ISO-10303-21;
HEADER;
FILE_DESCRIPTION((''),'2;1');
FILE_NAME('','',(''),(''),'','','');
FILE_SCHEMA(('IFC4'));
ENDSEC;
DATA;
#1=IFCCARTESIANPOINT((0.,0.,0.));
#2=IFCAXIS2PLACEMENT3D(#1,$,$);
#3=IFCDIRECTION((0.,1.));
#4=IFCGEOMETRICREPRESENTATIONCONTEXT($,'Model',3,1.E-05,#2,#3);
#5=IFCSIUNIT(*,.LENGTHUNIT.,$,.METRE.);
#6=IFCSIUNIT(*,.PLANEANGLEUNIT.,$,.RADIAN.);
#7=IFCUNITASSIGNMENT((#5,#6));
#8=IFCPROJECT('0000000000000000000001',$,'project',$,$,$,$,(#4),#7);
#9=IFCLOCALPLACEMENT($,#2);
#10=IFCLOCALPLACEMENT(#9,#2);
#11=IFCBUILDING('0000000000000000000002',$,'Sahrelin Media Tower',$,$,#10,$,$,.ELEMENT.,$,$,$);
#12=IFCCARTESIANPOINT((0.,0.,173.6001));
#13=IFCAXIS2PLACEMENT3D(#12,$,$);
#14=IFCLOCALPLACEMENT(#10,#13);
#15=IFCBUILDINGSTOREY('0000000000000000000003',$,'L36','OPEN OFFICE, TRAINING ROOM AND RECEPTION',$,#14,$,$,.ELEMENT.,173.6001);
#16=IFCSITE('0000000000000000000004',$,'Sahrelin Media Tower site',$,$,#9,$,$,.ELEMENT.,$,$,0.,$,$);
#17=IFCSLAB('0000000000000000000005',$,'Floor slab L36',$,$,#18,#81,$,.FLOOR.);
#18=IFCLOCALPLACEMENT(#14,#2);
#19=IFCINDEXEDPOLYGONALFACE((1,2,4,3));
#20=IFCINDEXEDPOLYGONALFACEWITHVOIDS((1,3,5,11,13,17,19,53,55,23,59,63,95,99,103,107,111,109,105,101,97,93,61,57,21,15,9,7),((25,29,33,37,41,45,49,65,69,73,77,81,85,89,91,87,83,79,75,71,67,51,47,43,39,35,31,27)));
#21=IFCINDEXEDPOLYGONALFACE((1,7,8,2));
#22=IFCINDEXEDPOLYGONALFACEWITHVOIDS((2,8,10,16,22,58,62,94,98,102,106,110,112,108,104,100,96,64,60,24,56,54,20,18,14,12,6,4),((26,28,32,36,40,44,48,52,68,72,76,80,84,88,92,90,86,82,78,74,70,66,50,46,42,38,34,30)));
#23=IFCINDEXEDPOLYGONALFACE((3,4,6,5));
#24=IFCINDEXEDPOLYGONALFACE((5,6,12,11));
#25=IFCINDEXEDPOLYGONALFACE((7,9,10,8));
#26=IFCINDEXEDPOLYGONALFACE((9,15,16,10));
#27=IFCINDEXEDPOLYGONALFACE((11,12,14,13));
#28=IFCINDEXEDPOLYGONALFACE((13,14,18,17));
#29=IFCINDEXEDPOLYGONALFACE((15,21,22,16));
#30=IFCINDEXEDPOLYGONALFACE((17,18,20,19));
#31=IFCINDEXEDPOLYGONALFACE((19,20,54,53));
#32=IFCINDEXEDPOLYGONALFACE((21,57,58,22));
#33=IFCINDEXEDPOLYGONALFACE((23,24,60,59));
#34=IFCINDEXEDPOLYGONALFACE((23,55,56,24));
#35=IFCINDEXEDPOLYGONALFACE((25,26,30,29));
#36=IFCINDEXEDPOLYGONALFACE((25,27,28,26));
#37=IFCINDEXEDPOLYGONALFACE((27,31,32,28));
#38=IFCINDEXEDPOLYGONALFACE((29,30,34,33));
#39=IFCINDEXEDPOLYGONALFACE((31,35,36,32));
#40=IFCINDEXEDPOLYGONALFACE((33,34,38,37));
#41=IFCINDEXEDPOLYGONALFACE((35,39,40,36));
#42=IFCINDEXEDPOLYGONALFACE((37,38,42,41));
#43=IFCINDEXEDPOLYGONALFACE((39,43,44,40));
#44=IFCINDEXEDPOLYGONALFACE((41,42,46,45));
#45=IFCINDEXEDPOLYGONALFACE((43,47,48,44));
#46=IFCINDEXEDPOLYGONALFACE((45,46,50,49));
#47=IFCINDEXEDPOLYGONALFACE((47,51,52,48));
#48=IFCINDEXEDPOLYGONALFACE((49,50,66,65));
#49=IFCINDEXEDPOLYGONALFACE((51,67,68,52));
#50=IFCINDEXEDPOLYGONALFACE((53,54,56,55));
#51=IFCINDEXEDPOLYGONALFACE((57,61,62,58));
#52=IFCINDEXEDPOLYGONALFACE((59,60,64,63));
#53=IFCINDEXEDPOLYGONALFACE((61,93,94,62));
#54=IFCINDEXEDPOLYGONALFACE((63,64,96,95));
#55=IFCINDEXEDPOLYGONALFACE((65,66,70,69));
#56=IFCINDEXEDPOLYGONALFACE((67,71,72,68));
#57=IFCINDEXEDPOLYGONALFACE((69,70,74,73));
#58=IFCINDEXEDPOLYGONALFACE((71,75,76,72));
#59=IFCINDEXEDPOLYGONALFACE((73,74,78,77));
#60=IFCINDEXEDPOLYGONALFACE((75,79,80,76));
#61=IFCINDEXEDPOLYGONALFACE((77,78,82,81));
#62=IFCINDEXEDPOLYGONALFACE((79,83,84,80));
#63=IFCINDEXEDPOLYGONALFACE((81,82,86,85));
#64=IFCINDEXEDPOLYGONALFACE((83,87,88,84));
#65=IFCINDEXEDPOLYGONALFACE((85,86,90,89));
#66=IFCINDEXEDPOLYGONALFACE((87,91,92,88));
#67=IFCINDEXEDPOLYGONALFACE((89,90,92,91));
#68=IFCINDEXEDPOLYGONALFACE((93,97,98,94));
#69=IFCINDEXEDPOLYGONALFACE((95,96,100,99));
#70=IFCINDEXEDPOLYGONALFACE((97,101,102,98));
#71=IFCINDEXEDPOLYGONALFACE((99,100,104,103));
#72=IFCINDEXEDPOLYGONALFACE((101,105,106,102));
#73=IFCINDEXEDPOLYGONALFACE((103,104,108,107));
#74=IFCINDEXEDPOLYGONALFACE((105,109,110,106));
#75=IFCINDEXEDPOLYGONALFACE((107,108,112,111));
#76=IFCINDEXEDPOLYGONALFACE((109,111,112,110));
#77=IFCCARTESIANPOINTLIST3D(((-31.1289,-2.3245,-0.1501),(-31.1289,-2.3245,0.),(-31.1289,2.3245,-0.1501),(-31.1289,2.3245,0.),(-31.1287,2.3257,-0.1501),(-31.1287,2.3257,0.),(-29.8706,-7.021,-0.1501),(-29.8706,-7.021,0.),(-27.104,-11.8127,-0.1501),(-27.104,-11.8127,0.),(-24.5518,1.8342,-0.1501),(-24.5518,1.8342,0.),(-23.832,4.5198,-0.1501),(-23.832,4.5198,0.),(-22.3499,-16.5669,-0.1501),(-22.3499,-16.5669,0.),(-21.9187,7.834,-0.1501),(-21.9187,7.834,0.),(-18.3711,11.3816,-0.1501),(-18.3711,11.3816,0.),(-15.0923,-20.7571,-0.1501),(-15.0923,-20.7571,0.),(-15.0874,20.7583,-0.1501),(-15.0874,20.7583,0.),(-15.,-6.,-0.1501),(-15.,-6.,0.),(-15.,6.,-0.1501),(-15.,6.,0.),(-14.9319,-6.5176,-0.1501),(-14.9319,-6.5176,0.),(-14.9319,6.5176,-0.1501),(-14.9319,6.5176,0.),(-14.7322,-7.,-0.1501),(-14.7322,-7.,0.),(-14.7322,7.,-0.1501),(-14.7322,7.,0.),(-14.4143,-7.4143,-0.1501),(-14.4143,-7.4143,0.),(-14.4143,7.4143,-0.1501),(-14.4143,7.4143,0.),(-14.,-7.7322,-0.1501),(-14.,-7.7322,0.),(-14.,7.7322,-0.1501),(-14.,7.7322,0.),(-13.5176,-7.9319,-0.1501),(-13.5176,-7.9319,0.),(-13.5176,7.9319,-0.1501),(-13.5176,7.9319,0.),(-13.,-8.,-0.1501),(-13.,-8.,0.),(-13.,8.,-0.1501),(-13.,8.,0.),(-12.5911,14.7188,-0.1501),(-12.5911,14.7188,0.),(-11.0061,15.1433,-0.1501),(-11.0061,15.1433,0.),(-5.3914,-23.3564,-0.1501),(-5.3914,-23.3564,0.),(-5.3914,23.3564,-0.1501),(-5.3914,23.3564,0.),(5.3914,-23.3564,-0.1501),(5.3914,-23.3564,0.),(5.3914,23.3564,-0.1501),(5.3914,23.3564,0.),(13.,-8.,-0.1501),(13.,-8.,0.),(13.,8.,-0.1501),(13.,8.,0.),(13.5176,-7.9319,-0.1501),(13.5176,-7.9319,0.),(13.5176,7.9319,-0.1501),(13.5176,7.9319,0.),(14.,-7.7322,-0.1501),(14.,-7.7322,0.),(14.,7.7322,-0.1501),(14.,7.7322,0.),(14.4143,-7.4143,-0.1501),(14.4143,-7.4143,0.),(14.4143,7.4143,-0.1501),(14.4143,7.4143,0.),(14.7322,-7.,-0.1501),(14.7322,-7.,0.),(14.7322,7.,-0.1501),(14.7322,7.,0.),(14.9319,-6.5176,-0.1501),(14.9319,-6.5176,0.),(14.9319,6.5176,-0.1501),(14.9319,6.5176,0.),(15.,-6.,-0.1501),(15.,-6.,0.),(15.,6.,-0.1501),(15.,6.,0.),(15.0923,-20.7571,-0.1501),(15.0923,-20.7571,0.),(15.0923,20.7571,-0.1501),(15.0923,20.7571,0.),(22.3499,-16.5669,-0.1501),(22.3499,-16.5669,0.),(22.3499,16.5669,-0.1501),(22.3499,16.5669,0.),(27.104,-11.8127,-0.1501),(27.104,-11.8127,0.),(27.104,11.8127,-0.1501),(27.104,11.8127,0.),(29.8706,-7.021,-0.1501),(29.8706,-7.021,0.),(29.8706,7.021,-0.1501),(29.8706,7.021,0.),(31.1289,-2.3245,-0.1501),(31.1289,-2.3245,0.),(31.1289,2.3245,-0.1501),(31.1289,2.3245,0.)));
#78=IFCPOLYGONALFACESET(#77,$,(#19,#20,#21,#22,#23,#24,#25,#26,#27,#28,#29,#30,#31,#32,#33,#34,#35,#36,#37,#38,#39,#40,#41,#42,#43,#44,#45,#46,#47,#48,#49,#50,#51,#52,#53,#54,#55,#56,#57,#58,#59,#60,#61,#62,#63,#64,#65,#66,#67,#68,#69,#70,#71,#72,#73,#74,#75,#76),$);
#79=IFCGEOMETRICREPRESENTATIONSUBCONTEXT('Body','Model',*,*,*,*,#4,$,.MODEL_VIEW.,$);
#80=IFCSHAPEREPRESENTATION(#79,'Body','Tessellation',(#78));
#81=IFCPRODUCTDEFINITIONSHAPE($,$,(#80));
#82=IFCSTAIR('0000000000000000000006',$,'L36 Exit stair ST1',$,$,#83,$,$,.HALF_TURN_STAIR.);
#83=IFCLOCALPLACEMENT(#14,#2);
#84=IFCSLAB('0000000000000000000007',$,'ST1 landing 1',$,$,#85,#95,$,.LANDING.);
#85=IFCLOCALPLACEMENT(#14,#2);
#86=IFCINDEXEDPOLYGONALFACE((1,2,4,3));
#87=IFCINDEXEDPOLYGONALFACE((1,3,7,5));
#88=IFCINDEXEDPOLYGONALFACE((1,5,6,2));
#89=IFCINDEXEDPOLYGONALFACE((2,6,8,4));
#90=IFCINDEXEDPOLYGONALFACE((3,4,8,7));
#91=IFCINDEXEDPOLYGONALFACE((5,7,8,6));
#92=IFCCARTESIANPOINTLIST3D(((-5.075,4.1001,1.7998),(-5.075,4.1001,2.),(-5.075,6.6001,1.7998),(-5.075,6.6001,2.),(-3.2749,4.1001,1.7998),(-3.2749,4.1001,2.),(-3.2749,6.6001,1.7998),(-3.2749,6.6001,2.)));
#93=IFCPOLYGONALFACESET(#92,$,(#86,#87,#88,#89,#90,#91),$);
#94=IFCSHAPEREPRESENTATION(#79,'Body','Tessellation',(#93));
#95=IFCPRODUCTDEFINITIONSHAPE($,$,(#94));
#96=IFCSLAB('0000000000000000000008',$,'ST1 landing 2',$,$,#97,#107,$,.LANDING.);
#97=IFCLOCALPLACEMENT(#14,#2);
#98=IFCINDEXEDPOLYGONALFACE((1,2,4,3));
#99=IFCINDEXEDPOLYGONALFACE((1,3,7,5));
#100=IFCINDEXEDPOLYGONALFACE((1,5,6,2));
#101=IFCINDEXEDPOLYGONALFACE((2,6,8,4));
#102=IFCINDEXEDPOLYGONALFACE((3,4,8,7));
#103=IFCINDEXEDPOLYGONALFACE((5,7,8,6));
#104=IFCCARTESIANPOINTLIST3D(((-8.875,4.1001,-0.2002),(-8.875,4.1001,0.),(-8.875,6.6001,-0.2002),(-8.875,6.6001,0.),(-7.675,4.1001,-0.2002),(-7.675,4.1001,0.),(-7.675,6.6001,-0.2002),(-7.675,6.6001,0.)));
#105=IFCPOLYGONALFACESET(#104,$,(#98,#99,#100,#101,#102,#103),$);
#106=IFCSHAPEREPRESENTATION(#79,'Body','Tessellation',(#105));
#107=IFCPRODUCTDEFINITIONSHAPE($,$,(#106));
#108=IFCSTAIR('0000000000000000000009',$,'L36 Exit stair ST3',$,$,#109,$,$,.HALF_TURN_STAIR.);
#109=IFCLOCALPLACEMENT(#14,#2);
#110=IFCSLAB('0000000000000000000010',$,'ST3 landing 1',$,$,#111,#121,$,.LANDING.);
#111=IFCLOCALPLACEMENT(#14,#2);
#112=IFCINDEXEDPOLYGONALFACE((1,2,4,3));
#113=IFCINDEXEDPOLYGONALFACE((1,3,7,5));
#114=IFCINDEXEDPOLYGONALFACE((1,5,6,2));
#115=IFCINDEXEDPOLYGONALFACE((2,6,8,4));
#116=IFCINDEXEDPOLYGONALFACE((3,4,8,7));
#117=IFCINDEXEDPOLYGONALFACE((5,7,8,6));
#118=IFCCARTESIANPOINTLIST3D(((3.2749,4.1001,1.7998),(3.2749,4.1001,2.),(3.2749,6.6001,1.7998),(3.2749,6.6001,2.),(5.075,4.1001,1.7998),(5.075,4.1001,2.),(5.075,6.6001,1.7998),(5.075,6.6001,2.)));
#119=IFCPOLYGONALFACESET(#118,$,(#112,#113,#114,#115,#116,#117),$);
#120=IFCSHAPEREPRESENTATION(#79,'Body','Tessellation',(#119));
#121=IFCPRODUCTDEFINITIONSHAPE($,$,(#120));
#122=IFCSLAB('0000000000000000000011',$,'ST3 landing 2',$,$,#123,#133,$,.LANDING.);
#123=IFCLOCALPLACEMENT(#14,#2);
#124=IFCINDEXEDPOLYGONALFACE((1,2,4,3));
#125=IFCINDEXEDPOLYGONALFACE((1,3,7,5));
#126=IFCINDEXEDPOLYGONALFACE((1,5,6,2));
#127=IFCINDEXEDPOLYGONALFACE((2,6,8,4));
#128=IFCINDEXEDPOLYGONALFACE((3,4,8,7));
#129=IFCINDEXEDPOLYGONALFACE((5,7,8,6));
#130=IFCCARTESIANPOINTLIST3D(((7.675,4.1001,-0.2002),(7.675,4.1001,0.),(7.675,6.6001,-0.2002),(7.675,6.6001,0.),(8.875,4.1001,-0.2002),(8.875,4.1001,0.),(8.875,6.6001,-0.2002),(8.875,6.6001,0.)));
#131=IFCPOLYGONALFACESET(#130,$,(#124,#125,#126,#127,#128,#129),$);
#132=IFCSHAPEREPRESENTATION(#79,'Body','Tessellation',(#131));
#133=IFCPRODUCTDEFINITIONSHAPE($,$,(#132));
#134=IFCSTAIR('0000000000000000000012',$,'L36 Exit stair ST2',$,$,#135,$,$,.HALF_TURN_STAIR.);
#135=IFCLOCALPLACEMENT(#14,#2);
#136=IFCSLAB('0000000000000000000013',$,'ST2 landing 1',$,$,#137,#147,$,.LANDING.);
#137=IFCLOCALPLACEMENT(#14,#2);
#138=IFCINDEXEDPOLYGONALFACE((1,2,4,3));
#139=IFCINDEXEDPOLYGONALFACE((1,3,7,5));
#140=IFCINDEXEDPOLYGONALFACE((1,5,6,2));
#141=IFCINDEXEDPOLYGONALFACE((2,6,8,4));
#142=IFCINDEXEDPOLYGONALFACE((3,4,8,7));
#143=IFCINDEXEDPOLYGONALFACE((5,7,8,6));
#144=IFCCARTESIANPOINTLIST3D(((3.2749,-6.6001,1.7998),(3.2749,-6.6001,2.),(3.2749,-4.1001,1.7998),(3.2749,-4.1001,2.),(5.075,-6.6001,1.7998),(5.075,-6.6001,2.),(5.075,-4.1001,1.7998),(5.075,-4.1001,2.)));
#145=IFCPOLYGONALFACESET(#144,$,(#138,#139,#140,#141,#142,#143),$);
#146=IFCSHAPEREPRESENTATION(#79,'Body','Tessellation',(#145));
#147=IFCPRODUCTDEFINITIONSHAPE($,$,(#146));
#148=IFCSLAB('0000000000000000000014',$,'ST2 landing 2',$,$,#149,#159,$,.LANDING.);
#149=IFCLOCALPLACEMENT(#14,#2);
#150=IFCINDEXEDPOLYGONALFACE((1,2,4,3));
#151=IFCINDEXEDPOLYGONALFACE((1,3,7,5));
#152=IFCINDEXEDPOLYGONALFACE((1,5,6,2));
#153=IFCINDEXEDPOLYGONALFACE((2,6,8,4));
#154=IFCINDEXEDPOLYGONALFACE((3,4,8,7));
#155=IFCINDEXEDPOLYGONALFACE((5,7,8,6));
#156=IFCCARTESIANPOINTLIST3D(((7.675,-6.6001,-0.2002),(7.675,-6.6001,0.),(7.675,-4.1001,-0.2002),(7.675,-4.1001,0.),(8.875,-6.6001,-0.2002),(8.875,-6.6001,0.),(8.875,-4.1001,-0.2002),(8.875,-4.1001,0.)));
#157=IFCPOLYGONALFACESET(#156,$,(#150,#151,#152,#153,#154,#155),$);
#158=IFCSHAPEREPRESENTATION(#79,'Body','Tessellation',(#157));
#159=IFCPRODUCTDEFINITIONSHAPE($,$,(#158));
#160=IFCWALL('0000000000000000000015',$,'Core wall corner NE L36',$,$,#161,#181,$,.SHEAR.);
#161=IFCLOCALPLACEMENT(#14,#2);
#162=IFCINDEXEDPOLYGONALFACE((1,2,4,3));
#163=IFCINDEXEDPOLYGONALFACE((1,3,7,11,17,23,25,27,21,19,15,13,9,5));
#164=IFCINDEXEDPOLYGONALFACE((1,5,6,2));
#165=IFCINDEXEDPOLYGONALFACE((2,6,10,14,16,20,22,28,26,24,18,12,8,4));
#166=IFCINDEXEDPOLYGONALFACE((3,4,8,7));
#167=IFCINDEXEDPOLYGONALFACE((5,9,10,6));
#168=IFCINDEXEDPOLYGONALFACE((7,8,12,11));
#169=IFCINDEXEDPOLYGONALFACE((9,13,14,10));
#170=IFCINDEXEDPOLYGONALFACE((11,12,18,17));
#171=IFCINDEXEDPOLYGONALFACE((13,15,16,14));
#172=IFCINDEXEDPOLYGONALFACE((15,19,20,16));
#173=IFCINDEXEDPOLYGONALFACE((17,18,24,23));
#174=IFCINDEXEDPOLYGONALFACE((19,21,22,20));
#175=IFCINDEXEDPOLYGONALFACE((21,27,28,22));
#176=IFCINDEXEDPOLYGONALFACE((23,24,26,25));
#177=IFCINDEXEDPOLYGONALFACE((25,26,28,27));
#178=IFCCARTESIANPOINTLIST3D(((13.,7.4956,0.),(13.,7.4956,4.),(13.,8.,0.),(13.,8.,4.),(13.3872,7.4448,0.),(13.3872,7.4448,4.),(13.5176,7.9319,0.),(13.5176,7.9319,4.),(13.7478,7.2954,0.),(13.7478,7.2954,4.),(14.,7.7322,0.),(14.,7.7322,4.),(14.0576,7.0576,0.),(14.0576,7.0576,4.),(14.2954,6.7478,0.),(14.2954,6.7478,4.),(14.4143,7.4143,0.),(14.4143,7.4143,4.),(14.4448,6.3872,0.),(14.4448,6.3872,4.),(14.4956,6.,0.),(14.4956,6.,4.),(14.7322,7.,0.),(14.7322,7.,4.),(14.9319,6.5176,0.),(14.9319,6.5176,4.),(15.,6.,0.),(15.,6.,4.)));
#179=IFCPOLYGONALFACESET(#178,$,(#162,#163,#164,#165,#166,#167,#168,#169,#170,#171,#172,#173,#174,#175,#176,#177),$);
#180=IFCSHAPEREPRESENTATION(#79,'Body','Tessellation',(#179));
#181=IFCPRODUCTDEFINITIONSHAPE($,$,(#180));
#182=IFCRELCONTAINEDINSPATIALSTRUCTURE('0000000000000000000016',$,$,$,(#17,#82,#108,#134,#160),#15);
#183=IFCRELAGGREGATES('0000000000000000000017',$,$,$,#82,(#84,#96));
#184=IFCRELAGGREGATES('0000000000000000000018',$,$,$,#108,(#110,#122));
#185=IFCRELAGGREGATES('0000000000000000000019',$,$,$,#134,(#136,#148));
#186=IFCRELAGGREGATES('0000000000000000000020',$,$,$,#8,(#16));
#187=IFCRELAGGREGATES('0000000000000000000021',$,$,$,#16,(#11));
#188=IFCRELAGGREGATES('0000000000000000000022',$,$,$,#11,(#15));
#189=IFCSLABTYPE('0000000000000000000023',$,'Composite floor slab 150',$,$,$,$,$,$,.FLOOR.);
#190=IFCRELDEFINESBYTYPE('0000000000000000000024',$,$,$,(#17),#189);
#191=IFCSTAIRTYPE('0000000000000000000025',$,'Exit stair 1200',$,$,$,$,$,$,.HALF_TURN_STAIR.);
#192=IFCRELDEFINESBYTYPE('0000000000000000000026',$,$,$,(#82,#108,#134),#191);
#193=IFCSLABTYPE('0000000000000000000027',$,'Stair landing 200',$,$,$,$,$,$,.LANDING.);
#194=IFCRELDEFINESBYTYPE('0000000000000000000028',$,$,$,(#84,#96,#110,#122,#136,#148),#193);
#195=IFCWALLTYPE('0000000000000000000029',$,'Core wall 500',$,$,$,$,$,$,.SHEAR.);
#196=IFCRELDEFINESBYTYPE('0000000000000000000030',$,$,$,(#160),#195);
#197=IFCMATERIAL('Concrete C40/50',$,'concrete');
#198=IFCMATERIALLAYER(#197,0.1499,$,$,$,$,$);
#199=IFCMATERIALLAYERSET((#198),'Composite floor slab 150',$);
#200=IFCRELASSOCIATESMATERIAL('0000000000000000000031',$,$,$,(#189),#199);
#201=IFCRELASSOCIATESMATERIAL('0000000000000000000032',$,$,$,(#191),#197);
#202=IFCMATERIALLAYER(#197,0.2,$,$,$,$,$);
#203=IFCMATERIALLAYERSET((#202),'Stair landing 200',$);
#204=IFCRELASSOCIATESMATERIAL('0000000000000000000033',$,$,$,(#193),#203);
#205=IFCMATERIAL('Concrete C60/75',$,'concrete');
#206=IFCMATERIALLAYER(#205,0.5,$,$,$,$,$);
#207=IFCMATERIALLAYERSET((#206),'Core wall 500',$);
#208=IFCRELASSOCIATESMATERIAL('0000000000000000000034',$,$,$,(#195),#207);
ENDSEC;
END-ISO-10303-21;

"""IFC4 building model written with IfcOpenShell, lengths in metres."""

from ifc_helpers import new_model, si_unit, direction, frame, origin, place, context, subcontext, project, spatial, polyline, outline, extrude, material, layer, layer_set, type_object, element, aggregate, save


model = new_model("IFC4")

# Units and contexts
model_context = context("Model", 3, precision=1e-05, world=origin(), true_north=direction((0.0, 1.0)))
body_context = subcontext(model_context, "Body", "Model", "MODEL_VIEW")
ifc_project = project(units=[si_unit("LENGTHUNIT", "METRE"), si_unit("PLANEANGLEUNIT", "RADIAN")], contexts=[model_context])

# Site, building, storey
site_placement = place(None, origin())
site = spatial("IfcSite", under=ifc_project, at=site_placement, Name="Sahrelin Media Tower site", CompositionType="ELEMENT", RefElevation=0.0)
building_placement = place(site_placement, origin())
building = spatial("IfcBuilding", under=site, at=building_placement, Name="Sahrelin Media Tower", CompositionType="ELEMENT")
storey_placement = place(building_placement, frame((0.0, 0.0, 173.6001)))
storey = spatial("IfcBuildingStorey", under=building, at=storey_placement, Name="L36", Description="OPEN OFFICE, TRAINING ROOM AND RECEPTION", CompositionType="ELEMENT", Elevation=173.6001)

# Slab
ifc_material_1 = material(Name="Concrete C40/50", Category="concrete")
ifc_layer_1 = layer(ifc_material_1, 0.1499)
ifc_layer_set_1 = layer_set([ifc_layer_1], Name="Composite floor slab 150")
slab_type_1 = type_object("IfcSlabType", Name="Composite floor slab 150", PredefinedType="FLOOR", material=ifc_layer_set_1)
slab_1_placement = place(storey_placement, frame((0.0, 0.0, -0.1501)))
element("IfcSlab", 1, at=slab_1_placement, inside=storey, type_object=slab_type_1, Name="Floor slab L36", PredefinedType="FLOOR", context=body_context, shape_type="SweptSolid", body=[
    extrude(outline(polyline([(29.8706, -7.021), (31.1289, -2.3245), (31.1289, 2.3245), (29.8706, 7.021), (27.104, 11.8127), (22.3499, 16.5669), (15.0923, 20.7571), (5.3914, 23.3564), (-5.3914, 23.3564), (-15.0874, 20.7583), (-11.0061, 15.1433), (-12.5911, 14.7188), (-18.3711, 11.3816), (-21.9187, 7.834), (-23.832, 4.5198), (-24.5518, 1.8342), (-31.1287, 2.3257), (-31.1289, 2.3245), (-31.1289, -2.3245), (-29.8706, -7.021), (-27.104, -11.8127), (-22.3499, -16.5669), (-15.0923, -20.7571), (-5.3914, -23.3564), (5.3914, -23.3564), (15.0923, -20.7571), (22.3499, -16.5669), (27.104, -11.8127), (29.8706, -7.021)]), holes=[polyline([(14.7322, 7.0), (14.9319, 6.5176), (15.0, 6.0), (15.0, -6.0), (14.9319, -6.5176), (14.7322, -7.0), (14.4143, -7.4143), (14.0, -7.7322), (13.5176, -7.9319), (13.0, -8.0), (-13.0, -8.0), (-13.5176, -7.9319), (-14.0, -7.7322), (-14.4143, -7.4143), (-14.7322, -7.0), (-14.9319, -6.5176), (-15.0, -6.0), (-15.0, 6.0), (-14.9319, 6.5176), (-14.7322, 7.0), (-14.4143, 7.4143), (-14.0, 7.7322), (-13.5176, 7.9319), (-13.0, 8.0), (13.0, 8.0), (13.5176, 7.9319), (14.0, 7.7322), (14.4143, 7.4143), (14.7322, 7.0)])]), origin(), (0.0, 0.0, 1.0), 0.1501),
])

# Stairs, slabs
stair_type = type_object("IfcStairType", Name="Exit stair 1200", PredefinedType="HALF_TURN_STAIR", material=ifc_material_1)
placement_1 = place(storey_placement, origin())
stair_1 = element("IfcStair", 2, at=placement_1, inside=storey, type_object=stair_type, Name="L36 Exit stair ST1", PredefinedType="HALF_TURN_STAIR")
ifc_layer_2 = layer(ifc_material_1, 0.2)
ifc_layer_set_2 = layer_set([ifc_layer_2], Name="Stair landing 200")
slab_type_2 = type_object("IfcSlabType", Name="Stair landing 200", PredefinedType="LANDING", material=ifc_layer_set_2)
placement_2 = place(storey_placement, frame((0.0, 0.0, 1.7998)))
slab_2 = element("IfcSlab", 3, at=placement_2, type_object=slab_type_2, Name="ST1 landing 1", PredefinedType="LANDING", context=body_context, shape_type="SweptSolid", body=[
    extrude(outline(polyline([(-5.075, 4.1001), (-3.2749, 4.1001), (-3.2749, 6.6001), (-5.075, 6.6001), (-5.075, 4.1001)])), origin(), (0.0, 0.0, 1.0), 0.2002),
])
placement_3 = place(storey_placement, frame((0.0, 0.0, -0.2002)))
slab_3 = element("IfcSlab", 4, at=placement_3, type_object=slab_type_2, Name="ST1 landing 2", PredefinedType="LANDING", context=body_context, shape_type="SweptSolid", body=[
    extrude(outline(polyline([(-8.875, 4.1001), (-7.675, 4.1001), (-7.675, 6.6001), (-8.875, 6.6001), (-8.875, 4.1001)])), origin(), (0.0, 0.0, 1.0), 0.2002),
])
aggregate(stair_1, [slab_2, slab_3])
stair_2 = element("IfcStair", 5, at=placement_1, inside=storey, type_object=stair_type, Name="L36 Exit stair ST3", PredefinedType="HALF_TURN_STAIR")
slab_4 = element("IfcSlab", 6, at=placement_2, type_object=slab_type_2, Name="ST3 landing 1", PredefinedType="LANDING", context=body_context, shape_type="SweptSolid", body=[
    extrude(outline(polyline([(5.075, 6.6001), (3.2749, 6.6001), (3.2749, 4.1001), (5.075, 4.1001), (5.075, 6.6001)])), origin(), (0.0, 0.0, 1.0), 0.2002),
])
slab_5 = element("IfcSlab", 7, at=placement_3, type_object=slab_type_2, Name="ST3 landing 2", PredefinedType="LANDING", context=body_context, shape_type="SweptSolid", body=[
    extrude(outline(polyline([(8.875, 6.6001), (7.675, 6.6001), (7.675, 4.1001), (8.875, 4.1001), (8.875, 6.6001)])), origin(), (0.0, 0.0, 1.0), 0.2002),
])
aggregate(stair_2, [slab_4, slab_5])
stair_3 = element("IfcStair", 8, at=placement_1, inside=storey, type_object=stair_type, Name="L36 Exit stair ST2", PredefinedType="HALF_TURN_STAIR")
slab_6 = element("IfcSlab", 9, at=placement_2, type_object=slab_type_2, Name="ST2 landing 1", PredefinedType="LANDING", context=body_context, shape_type="SweptSolid", body=[
    extrude(outline(polyline([(5.075, -4.1001), (3.2749, -4.1001), (3.2749, -6.6001), (5.075, -6.6001), (5.075, -4.1001)])), origin(), (0.0, 0.0, 1.0), 0.2002),
])
slab_7 = element("IfcSlab", 10, at=placement_3, type_object=slab_type_2, Name="ST2 landing 2", PredefinedType="LANDING", context=body_context, shape_type="SweptSolid", body=[
    extrude(outline(polyline([(8.875, -4.1001), (7.675, -4.1001), (7.675, -6.6001), (8.875, -6.6001), (8.875, -4.1001)])), origin(), (0.0, 0.0, 1.0), 0.2002),
])
aggregate(stair_3, [slab_6, slab_7])

# Wall
ifc_material_2 = material(Name="Concrete C60/75", Category="concrete")
ifc_layer_3 = layer(ifc_material_2, 0.5)
ifc_layer_set_3 = layer_set([ifc_layer_3], Name="Core wall 500")
wall_type_1 = type_object("IfcWallType", Name="Core wall 500", PredefinedType="SHEAR", material=ifc_layer_set_3)
element("IfcWall", 11, at=placement_1, inside=storey, type_object=wall_type_1, Name="Core wall corner NE L36", PredefinedType="SHEAR", context=body_context, shape_type="SweptSolid", body=[
    extrude(outline(polyline([(13.0, 8.0), (13.0, 7.4956), (13.3872, 7.4448), (13.7478, 7.2954), (14.0576, 7.0576), (14.2954, 6.7478), (14.4448, 6.3872), (14.4956, 6.0), (15.0, 6.0), (14.9319, 6.5176), (14.7322, 7.0), (14.4143, 7.4143), (14.0, 7.7322), (13.5176, 7.9319), (13.0, 8.0)])), origin(), (0.0, 0.0, 1.0), 4.0),
])

save(model, "model.ifc")
